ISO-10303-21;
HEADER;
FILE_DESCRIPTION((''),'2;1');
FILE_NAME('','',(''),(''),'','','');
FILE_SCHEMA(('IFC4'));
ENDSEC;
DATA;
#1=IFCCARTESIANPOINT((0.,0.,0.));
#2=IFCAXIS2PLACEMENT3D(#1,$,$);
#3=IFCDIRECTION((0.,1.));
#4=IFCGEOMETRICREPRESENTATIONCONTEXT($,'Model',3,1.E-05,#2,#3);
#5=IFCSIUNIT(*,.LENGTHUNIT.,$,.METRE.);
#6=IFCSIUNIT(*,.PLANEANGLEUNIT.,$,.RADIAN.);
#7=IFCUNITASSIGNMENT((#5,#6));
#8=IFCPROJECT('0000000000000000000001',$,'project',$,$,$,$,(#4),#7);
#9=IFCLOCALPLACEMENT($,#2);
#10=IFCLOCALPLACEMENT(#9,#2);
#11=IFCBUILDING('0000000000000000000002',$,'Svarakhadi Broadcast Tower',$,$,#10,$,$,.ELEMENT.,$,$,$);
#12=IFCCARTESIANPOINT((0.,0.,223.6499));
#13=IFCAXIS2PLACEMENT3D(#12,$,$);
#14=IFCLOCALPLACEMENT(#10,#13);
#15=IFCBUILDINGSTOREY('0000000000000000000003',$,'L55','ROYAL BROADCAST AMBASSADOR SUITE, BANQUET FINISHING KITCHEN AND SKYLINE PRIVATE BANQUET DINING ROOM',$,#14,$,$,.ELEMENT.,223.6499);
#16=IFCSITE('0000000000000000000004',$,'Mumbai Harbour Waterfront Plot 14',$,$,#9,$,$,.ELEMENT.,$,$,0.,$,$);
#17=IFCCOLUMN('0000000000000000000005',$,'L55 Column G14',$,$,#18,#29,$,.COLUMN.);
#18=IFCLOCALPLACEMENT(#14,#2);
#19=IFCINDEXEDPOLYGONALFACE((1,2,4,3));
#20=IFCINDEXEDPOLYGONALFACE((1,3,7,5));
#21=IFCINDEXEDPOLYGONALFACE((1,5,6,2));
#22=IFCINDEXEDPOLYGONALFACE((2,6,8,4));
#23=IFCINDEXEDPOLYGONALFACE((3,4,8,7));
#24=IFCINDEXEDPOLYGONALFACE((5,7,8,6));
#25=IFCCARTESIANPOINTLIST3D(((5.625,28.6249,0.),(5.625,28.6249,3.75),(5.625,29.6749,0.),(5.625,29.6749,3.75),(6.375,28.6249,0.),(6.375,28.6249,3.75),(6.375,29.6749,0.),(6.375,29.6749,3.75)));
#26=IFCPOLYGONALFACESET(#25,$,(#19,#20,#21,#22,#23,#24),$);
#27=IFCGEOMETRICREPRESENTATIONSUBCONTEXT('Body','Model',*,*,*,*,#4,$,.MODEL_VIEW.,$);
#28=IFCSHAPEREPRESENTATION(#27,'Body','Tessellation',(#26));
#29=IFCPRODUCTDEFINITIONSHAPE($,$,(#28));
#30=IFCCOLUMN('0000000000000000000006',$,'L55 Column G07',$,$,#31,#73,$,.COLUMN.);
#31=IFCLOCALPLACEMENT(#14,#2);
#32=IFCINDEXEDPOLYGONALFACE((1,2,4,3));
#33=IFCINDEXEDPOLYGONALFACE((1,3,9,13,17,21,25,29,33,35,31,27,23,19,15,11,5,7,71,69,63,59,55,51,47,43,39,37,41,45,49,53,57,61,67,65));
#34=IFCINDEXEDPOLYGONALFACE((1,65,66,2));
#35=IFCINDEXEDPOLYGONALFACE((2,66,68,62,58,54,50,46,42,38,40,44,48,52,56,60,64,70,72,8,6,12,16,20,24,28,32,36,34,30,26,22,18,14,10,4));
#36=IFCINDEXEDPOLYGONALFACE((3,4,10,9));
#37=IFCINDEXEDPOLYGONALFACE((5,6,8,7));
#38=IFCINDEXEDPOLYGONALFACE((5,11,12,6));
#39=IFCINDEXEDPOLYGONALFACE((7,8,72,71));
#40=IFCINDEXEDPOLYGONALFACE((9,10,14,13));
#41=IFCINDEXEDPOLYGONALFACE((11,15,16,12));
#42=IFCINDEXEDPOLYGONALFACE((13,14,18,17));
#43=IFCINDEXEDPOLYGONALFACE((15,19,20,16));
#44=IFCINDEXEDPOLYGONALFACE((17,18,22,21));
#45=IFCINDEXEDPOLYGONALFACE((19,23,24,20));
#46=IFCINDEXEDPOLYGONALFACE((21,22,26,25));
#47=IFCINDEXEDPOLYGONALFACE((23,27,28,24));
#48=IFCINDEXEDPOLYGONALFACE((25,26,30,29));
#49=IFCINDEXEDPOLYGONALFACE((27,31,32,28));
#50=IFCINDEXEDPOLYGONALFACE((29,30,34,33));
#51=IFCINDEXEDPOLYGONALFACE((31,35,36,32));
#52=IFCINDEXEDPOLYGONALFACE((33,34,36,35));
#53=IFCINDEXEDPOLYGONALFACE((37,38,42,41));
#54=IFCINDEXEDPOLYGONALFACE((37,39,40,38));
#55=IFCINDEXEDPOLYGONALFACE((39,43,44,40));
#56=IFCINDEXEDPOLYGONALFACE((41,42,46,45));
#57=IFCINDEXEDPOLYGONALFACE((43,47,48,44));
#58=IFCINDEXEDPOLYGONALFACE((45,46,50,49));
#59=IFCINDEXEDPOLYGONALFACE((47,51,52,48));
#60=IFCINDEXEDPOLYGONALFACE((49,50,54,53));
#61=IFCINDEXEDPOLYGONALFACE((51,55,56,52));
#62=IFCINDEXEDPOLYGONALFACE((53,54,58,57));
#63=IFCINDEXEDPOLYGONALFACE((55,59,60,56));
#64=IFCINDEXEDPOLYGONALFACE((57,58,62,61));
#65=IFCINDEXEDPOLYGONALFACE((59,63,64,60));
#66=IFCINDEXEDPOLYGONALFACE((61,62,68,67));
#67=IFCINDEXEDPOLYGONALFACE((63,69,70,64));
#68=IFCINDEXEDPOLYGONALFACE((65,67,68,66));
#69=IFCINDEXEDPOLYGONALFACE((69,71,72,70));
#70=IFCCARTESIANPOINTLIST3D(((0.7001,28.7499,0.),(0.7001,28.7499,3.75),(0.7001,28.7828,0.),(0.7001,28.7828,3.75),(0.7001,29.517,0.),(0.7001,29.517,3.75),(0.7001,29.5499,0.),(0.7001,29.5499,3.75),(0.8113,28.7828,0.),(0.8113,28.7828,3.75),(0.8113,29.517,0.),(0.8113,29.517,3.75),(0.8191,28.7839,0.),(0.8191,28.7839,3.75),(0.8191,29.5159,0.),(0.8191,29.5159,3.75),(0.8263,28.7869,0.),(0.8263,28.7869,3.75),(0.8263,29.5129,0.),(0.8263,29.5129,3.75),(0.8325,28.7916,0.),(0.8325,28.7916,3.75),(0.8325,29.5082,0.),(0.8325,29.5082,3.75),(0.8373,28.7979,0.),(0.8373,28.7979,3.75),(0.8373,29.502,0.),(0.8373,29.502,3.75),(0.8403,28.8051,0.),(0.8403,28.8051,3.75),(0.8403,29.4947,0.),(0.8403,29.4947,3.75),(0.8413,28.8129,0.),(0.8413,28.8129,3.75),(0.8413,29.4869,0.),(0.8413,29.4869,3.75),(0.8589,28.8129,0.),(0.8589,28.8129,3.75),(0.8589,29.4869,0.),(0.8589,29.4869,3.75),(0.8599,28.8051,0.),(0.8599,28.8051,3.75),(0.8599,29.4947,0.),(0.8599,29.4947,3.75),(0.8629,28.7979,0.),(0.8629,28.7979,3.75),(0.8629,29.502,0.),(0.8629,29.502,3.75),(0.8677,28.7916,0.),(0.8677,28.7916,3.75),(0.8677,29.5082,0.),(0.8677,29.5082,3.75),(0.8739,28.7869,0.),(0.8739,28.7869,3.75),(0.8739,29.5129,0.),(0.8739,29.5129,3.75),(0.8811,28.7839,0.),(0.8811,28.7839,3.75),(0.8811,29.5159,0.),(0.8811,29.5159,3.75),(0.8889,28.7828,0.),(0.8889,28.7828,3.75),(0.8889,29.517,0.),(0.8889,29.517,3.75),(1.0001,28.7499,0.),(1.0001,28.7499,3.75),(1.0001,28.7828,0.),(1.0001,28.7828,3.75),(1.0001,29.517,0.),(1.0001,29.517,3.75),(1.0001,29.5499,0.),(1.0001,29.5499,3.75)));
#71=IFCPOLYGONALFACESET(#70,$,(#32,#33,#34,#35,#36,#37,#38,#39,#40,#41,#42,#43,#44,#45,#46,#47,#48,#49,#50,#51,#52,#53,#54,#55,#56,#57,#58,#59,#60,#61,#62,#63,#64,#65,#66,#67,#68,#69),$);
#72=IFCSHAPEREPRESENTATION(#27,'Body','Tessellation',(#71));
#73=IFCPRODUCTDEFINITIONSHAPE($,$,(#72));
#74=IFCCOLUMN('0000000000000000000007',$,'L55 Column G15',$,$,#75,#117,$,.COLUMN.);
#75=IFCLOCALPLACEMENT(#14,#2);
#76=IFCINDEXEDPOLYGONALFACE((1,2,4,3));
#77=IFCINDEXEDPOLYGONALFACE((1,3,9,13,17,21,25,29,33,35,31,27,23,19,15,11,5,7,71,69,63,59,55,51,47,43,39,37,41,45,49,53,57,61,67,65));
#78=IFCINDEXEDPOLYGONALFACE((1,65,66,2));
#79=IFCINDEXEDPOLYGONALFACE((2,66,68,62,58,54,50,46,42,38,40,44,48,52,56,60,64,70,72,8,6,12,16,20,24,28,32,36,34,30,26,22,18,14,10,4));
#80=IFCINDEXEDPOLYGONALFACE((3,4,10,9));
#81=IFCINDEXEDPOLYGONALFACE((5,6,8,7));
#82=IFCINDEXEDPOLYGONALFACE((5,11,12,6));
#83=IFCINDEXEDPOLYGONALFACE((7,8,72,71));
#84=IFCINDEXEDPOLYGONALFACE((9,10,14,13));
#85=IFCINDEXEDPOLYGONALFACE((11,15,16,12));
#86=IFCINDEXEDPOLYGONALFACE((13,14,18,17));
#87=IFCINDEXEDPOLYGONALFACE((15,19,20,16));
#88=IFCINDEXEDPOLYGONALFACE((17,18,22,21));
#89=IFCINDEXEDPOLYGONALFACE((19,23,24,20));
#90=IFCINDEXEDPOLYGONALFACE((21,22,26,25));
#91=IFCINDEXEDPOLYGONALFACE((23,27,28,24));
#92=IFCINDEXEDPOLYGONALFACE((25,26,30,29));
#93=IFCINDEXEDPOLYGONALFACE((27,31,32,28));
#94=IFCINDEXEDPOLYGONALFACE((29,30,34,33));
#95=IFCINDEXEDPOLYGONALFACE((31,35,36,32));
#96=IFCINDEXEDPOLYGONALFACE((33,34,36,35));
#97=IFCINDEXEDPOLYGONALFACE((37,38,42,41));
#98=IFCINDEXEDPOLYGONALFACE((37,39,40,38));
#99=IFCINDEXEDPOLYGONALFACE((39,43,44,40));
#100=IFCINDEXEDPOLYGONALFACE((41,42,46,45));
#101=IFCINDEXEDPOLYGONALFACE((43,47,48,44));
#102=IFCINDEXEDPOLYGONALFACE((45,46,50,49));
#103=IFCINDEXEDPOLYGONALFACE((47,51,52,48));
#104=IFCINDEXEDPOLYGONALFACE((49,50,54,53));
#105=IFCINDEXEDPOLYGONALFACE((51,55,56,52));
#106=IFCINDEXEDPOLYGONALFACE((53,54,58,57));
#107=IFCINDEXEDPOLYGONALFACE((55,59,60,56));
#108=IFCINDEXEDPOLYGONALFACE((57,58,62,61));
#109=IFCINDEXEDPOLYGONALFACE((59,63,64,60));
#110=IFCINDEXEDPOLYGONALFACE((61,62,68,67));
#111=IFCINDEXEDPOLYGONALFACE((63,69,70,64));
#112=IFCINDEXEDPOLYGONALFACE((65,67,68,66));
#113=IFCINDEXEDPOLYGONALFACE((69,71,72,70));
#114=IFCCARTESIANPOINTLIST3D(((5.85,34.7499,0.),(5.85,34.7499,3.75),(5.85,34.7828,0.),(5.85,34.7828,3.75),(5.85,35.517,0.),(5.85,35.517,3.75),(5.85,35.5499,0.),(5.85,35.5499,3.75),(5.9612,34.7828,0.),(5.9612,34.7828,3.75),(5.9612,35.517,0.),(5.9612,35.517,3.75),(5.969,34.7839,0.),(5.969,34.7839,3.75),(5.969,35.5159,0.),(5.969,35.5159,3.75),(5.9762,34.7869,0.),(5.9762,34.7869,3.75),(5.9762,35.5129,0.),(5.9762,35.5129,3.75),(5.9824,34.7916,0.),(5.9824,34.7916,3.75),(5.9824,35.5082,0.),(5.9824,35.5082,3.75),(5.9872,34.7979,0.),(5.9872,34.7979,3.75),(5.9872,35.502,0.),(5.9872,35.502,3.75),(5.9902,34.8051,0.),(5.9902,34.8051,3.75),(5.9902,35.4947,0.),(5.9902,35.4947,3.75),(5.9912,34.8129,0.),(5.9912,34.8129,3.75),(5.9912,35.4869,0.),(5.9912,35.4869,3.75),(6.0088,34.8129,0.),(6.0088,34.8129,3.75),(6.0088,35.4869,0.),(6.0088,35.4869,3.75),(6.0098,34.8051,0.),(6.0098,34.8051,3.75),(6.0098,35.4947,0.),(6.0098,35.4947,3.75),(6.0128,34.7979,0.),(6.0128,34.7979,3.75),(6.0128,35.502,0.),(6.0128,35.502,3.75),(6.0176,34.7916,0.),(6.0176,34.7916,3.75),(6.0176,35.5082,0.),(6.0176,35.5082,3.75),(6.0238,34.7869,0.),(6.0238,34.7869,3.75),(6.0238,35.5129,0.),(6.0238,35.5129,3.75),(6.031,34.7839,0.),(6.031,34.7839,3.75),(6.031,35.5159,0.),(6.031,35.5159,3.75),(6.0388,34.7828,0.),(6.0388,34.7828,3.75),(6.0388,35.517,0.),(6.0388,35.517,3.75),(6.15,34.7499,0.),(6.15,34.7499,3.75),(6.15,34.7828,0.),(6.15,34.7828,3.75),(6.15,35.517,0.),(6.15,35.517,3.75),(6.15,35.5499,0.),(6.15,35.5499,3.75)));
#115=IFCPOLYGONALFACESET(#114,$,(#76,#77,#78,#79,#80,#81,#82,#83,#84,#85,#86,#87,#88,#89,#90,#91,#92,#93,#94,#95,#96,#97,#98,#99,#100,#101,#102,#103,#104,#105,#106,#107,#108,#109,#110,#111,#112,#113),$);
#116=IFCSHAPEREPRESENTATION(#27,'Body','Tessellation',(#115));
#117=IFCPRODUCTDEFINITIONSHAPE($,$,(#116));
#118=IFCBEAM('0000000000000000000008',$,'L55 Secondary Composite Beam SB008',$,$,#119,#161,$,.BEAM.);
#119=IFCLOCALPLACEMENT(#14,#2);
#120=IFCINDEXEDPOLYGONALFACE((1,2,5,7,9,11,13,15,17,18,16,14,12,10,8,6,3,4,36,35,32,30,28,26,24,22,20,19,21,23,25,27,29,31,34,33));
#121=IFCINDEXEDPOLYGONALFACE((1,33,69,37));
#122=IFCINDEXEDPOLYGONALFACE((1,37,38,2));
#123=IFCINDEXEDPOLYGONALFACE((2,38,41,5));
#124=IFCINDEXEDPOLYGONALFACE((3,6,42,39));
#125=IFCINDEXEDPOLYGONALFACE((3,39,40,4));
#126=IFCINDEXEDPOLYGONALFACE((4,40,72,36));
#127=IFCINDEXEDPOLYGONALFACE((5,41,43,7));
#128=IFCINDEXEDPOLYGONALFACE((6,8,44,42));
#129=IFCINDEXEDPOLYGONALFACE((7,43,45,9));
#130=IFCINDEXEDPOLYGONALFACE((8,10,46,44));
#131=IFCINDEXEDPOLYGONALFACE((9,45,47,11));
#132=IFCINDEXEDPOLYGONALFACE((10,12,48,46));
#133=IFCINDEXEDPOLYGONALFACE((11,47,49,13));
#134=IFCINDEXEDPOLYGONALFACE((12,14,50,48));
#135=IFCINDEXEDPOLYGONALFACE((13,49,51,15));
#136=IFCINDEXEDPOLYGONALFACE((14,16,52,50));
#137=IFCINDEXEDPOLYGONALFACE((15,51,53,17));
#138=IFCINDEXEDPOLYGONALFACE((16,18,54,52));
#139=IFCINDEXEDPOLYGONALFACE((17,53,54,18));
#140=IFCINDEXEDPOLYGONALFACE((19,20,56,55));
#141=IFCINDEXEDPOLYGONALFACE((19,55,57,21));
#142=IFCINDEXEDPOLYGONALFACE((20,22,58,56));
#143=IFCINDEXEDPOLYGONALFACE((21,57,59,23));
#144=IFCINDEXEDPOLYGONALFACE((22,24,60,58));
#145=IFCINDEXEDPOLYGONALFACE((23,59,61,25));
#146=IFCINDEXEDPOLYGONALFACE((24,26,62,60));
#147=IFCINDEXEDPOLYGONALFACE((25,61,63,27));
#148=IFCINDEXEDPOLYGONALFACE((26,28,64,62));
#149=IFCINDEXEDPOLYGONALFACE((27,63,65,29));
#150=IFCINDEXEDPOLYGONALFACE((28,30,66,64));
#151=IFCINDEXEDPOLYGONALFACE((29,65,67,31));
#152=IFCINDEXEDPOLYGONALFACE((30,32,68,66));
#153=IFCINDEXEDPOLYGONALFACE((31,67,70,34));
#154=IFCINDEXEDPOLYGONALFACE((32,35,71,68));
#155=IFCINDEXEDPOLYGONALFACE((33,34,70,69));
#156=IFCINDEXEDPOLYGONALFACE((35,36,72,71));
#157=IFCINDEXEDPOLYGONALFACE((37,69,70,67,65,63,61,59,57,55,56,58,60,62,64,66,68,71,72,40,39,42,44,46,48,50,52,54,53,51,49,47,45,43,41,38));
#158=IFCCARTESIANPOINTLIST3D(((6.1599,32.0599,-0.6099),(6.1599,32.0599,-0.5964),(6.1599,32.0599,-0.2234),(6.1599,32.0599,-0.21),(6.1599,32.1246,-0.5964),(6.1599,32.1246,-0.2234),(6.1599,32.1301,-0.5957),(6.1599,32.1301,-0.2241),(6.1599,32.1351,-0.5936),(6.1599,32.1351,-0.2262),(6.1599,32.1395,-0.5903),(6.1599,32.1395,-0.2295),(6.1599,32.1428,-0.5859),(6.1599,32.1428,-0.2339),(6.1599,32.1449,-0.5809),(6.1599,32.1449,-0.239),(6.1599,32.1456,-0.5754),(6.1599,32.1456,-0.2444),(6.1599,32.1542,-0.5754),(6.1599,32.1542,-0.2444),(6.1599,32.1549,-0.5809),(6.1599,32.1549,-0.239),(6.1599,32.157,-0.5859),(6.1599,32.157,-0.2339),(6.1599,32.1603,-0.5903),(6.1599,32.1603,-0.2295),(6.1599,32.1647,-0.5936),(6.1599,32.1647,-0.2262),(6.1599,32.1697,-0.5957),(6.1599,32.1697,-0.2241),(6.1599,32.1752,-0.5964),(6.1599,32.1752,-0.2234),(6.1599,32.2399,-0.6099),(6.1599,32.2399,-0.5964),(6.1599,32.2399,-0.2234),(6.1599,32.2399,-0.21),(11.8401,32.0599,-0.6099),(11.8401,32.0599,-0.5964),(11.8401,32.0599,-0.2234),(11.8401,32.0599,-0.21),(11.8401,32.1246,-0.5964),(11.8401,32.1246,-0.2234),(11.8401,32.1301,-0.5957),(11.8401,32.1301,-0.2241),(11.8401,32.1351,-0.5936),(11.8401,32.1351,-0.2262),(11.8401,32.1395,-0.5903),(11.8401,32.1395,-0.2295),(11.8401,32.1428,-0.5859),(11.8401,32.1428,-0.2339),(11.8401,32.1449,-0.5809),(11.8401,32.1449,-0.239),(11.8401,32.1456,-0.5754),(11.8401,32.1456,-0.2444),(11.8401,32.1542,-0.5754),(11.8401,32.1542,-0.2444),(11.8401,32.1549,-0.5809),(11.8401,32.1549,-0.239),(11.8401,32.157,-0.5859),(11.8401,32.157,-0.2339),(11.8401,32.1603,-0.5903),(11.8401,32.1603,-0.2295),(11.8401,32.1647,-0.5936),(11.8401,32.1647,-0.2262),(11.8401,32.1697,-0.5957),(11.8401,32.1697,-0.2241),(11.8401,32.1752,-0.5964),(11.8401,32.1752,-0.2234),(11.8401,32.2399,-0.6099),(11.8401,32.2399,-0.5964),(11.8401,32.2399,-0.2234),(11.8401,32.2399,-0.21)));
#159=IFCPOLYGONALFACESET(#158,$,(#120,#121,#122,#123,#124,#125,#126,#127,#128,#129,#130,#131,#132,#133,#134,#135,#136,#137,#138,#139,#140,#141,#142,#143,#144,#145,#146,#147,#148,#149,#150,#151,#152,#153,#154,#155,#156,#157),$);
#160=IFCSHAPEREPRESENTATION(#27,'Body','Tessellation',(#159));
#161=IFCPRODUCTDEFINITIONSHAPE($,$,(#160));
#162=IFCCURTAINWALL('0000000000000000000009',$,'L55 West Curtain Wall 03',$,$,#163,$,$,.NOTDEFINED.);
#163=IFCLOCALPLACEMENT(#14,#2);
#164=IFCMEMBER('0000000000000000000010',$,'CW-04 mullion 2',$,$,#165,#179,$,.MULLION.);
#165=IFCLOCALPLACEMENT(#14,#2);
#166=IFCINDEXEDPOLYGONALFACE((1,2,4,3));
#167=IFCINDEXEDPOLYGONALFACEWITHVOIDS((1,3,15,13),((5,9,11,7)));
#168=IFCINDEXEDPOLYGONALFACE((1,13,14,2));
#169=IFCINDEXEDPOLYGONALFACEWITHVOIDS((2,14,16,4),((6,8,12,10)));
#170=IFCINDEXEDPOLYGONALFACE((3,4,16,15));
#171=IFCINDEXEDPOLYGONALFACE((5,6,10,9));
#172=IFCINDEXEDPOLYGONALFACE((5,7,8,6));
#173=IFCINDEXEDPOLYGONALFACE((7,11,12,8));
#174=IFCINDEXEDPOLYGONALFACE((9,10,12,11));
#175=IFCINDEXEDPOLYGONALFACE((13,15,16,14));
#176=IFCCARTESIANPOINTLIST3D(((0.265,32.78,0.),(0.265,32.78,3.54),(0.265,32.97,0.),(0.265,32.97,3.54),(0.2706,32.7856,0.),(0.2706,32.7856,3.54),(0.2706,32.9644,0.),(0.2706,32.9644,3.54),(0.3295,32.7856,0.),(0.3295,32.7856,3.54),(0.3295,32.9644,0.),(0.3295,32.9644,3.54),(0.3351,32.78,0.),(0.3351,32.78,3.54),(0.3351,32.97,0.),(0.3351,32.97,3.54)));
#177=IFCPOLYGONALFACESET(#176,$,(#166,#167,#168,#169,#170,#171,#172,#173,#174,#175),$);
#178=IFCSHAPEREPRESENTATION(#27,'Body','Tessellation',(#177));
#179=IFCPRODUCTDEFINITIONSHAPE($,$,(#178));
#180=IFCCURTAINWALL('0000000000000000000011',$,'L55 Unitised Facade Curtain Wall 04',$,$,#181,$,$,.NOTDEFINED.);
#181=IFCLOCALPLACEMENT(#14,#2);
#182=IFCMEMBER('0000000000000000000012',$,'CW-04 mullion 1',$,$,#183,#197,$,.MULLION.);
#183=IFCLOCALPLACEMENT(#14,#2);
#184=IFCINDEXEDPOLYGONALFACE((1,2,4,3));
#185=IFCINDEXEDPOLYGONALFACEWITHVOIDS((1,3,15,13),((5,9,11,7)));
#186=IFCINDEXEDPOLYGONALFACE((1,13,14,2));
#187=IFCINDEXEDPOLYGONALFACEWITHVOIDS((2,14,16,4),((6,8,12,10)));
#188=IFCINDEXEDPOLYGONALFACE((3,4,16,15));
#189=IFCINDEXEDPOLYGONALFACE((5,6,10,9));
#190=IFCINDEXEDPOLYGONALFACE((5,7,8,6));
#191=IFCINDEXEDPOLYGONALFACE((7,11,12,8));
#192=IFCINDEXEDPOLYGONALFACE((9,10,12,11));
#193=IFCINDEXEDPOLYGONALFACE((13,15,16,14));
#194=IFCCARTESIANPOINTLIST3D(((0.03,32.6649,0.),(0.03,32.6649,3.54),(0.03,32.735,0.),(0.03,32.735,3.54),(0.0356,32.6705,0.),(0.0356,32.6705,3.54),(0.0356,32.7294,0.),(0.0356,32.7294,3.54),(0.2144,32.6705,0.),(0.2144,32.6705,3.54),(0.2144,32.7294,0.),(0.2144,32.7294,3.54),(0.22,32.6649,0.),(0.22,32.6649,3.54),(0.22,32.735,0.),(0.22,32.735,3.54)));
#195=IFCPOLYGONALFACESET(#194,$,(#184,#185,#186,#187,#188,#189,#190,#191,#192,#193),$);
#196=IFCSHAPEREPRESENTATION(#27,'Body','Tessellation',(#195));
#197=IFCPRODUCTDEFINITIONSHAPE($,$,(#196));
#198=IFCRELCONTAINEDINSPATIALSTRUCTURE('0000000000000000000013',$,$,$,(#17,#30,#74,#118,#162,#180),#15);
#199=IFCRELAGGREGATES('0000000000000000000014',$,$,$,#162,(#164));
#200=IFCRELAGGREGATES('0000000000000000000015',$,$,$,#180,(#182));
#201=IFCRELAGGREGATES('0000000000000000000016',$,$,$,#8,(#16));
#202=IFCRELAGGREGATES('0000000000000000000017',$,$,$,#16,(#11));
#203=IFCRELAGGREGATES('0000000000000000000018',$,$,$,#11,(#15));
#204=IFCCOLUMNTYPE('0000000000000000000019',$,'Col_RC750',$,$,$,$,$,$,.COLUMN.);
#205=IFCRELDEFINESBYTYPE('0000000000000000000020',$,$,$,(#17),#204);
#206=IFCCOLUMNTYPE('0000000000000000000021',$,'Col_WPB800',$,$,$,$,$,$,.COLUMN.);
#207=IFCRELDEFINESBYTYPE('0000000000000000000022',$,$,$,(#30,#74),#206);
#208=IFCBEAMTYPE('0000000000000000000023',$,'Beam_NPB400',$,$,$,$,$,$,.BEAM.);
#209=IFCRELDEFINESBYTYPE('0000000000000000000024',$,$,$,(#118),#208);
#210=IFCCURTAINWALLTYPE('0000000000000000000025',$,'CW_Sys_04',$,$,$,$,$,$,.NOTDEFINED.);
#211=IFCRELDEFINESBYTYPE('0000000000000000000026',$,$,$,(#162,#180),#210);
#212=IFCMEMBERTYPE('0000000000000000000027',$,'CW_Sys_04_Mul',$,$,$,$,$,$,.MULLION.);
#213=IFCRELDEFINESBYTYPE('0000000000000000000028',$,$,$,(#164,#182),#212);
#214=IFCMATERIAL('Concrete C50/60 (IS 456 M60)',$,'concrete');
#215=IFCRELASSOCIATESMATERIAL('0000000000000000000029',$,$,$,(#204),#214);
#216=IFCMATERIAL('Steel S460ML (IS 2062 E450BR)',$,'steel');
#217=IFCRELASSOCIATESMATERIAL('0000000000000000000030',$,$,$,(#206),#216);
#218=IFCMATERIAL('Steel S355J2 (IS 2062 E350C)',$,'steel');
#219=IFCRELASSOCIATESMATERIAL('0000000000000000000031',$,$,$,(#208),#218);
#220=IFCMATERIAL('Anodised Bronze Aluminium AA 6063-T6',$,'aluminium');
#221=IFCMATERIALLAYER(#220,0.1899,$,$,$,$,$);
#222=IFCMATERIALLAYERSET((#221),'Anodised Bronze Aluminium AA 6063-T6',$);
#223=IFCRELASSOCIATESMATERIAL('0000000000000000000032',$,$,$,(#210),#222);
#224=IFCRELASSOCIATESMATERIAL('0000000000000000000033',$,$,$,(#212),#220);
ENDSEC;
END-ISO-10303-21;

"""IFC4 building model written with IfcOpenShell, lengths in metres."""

from ifc_helpers import new_model, si_unit, direction, frame, origin, origin_2d, place, context, subcontext, project, spatial, rectangle, hollow_rectangle, i_section, extrude, material, layer, layer_set, material_profile, profile_set, type_object, element, aggregate, save


model = new_model("IFC4")

# Units and contexts
model_context = context("Model", 3, precision=1e-05, world=origin(), true_north=direction((0.0, 1.0)))
body_context = subcontext(model_context, "Body", "Model", "MODEL_VIEW")
ifc_project = project(units=[si_unit("LENGTHUNIT", "METRE"), si_unit("PLANEANGLEUNIT", "RADIAN")], contexts=[model_context])

# Site, building, storey
site_placement = place(None, origin())
site = spatial("IfcSite", under=ifc_project, at=site_placement, Name="Mumbai Harbour Waterfront Plot 14", CompositionType="ELEMENT", RefElevation=0.0)
building_placement = place(site_placement, origin())
building = spatial("IfcBuilding", under=site, at=building_placement, Name="Svarakhadi Broadcast Tower", CompositionType="ELEMENT")
storey_placement = place(building_placement, frame((0.0, 0.0, 223.6499)))
storey = spatial("IfcBuildingStorey", under=building, at=storey_placement, Name="L55", Description="ROYAL BROADCAST AMBASSADOR SUITE, BANQUET FINISHING KITCHEN AND SKYLINE PRIVATE BANQUET DINING ROOM", CompositionType="ELEMENT", Elevation=223.6499)

# Columns
ifc_material_1 = material(Name="Concrete C50/60 (IS 456 M60)", Category="concrete")
ifc_material_profile_1 = material_profile(ifc_material_1, rectangle(XDim=0.75, YDim=1.05, at=origin_2d()), Name="RC 750x1050")
ifc_profile_set_1 = profile_set([ifc_material_profile_1], Name="Concrete C50/60 (IS 456 M60)")
column_type_1 = type_object("IfcColumnType", Name="Col_RC750", PredefinedType="COLUMN", material=ifc_profile_set_1)
column_placement = place(storey_placement, frame((6.0, 29.1499, 0.0), z_axis=(0.0, 0.0, 1.0), x_axis=(1.0, 0.0, 0.0)))
element("IfcColumn", 1, at=column_placement, inside=storey, type_object=column_type_1, Name="L55 Column G14", PredefinedType="COLUMN", context=body_context, shape_type="SweptSolid", body=[
    extrude(rectangle(XDim=0.75, YDim=1.05, at=origin_2d()), origin(), (0.0, 0.0, 1.0), 3.75),
])
ifc_material_2 = material(Name="Steel S460ML (IS 2062 E450BR)", Category="steel")
ifc_material_profile_2 = material_profile(ifc_material_2, i_section(OverallWidth=0.3, OverallDepth=0.8, WebThickness=0.0176, FlangeThickness=0.033, FilletRadius=0.03, at=origin_2d()), Name="WPB 800x300x262")
ifc_profile_set_2 = profile_set([ifc_material_profile_2], Name="Steel S460ML (IS 2062 E450BR)")
column_type_2 = type_object("IfcColumnType", Name="Col_WPB800", PredefinedType="COLUMN", material=ifc_profile_set_2)
for number, where, z_axis, x_axis, name in (
    (2, (0.8501, 29.1499, 0.0), (0.0, 0.0, 1.0), (1.0, 0.0, 0.0), "L55 Column G07"),
    (3, (6.0, 35.1499, 0.0), (0.0, 0.0, 1.0), (1.0, 0.0, 0.0), "L55 Column G15"),
):
    element("IfcColumn", number, at=place(storey_placement, frame(where, z_axis=z_axis, x_axis=x_axis)), inside=storey, type_object=column_type_2, Name=name, PredefinedType="COLUMN", context=body_context, shape_type="SweptSolid", body=[
        extrude(i_section(OverallWidth=0.3, OverallDepth=0.8, WebThickness=0.0176, FlangeThickness=0.033, FilletRadius=0.03, at=origin_2d()), origin(), (0.0, 0.0, 1.0), 3.75),
    ])

# Beam
ifc_material_3 = material(Name="Steel S355J2 (IS 2062 E350C)", Category="steel")
ifc_material_profile_3 = material_profile(ifc_material_3, i_section(OverallWidth=0.1799, OverallDepth=0.3999, WebThickness=0.0085, FlangeThickness=0.0134, FilletRadius=0.021, at=origin_2d()), Name="NPB 400x180x66")
ifc_profile_set_3 = profile_set([ifc_material_profile_3], Name="Steel S355J2 (IS 2062 E350C)")
beam_type_1 = type_object("IfcBeamType", Name="Beam_NPB400", PredefinedType="BEAM", material=ifc_profile_set_3)
beam_1_placement = place(storey_placement, frame((6.1599, 32.1499, -0.4099), z_axis=(1.0, 0.0, 0.0), x_axis=(0.0, 1.0, 0.0)))
element("IfcBeam", 4, at=beam_1_placement, inside=storey, type_object=beam_type_1, Name="L55 Secondary Composite Beam SB008", PredefinedType="BEAM", context=body_context, shape_type="SweptSolid", body=[
    extrude(i_section(OverallWidth=0.1799, OverallDepth=0.3999, WebThickness=0.0085, FlangeThickness=0.0134, FilletRadius=0.021, at=origin_2d()), origin(), (0.0, 0.0, 1.0), 5.6802),
])

# Curtain wall, member
ifc_material_4 = material(Name="Anodised Bronze Aluminium AA 6063-T6", Category="aluminium")
ifc_layer_1 = layer(ifc_material_4, 0.1899)
ifc_layer_set_1 = layer_set([ifc_layer_1], Name="Anodised Bronze Aluminium AA 6063-T6")
curtain_wall_type = type_object("IfcCurtainWallType", Name="CW_Sys_04", PredefinedType="NOTDEFINED", material=ifc_layer_set_1)
curtain_wall_1_placement = place(storey_placement, origin())
curtain_wall_1 = element("IfcCurtainWall", 5, at=curtain_wall_1_placement, inside=storey, type_object=curtain_wall_type, Name="L55 West Curtain Wall 03", PredefinedType="NOTDEFINED")
ifc_material_profile_4 = material_profile(ifc_material_4, hollow_rectangle(XDim=0.0701, YDim=0.1899, WallThickness=0.0056, at=origin_2d()), Name="ALU MULLION 190x70x6")
ifc_profile_set_4 = profile_set([ifc_material_profile_4], Name="Anodised Bronze Aluminium AA 6063-T6")
member_type_1 = type_object("IfcMemberType", Name="CW_Sys_04_Mul", PredefinedType="MULLION", material=ifc_profile_set_4)
member_1_placement = place(storey_placement, frame((0.3, 32.875, 0.0), z_axis=(0.0, 0.0, 1.0), x_axis=(-1.0, 0.0, 0.0)))
member_1 = element("IfcMember", 6, at=member_1_placement, type_object=member_type_1, Name="CW-04 mullion 2", PredefinedType="MULLION", context=body_context, shape_type="SweptSolid", body=[
    extrude(hollow_rectangle(XDim=0.0701, YDim=0.1899, WallThickness=0.0056, at=origin_2d()), origin(), (0.0, 0.0, 1.0), 3.54),
])
aggregate(curtain_wall_1, [member_1])

# Curtain wall, member
curtain_wall_2_placement = place(storey_placement, origin())
curtain_wall_2 = element("IfcCurtainWall", 7, at=curtain_wall_2_placement, inside=storey, type_object=curtain_wall_type, Name="L55 Unitised Facade Curtain Wall 04", PredefinedType="NOTDEFINED")
member_2_placement = place(storey_placement, frame((0.125, 32.7, 0.0), z_axis=(0.0, 0.0, 1.0), x_axis=(0.0, 1.0, 0.0)))
member_2 = element("IfcMember", 8, at=member_2_placement, type_object=member_type_1, Name="CW-04 mullion 1", PredefinedType="MULLION", context=body_context, shape_type="SweptSolid", body=[
    extrude(hollow_rectangle(XDim=0.0701, YDim=0.1899, WallThickness=0.0056, at=origin_2d()), origin(), (0.0, 0.0, 1.0), 3.54),
])

aggregate(curtain_wall_2, [member_2])

save(model, "model.ifc")
